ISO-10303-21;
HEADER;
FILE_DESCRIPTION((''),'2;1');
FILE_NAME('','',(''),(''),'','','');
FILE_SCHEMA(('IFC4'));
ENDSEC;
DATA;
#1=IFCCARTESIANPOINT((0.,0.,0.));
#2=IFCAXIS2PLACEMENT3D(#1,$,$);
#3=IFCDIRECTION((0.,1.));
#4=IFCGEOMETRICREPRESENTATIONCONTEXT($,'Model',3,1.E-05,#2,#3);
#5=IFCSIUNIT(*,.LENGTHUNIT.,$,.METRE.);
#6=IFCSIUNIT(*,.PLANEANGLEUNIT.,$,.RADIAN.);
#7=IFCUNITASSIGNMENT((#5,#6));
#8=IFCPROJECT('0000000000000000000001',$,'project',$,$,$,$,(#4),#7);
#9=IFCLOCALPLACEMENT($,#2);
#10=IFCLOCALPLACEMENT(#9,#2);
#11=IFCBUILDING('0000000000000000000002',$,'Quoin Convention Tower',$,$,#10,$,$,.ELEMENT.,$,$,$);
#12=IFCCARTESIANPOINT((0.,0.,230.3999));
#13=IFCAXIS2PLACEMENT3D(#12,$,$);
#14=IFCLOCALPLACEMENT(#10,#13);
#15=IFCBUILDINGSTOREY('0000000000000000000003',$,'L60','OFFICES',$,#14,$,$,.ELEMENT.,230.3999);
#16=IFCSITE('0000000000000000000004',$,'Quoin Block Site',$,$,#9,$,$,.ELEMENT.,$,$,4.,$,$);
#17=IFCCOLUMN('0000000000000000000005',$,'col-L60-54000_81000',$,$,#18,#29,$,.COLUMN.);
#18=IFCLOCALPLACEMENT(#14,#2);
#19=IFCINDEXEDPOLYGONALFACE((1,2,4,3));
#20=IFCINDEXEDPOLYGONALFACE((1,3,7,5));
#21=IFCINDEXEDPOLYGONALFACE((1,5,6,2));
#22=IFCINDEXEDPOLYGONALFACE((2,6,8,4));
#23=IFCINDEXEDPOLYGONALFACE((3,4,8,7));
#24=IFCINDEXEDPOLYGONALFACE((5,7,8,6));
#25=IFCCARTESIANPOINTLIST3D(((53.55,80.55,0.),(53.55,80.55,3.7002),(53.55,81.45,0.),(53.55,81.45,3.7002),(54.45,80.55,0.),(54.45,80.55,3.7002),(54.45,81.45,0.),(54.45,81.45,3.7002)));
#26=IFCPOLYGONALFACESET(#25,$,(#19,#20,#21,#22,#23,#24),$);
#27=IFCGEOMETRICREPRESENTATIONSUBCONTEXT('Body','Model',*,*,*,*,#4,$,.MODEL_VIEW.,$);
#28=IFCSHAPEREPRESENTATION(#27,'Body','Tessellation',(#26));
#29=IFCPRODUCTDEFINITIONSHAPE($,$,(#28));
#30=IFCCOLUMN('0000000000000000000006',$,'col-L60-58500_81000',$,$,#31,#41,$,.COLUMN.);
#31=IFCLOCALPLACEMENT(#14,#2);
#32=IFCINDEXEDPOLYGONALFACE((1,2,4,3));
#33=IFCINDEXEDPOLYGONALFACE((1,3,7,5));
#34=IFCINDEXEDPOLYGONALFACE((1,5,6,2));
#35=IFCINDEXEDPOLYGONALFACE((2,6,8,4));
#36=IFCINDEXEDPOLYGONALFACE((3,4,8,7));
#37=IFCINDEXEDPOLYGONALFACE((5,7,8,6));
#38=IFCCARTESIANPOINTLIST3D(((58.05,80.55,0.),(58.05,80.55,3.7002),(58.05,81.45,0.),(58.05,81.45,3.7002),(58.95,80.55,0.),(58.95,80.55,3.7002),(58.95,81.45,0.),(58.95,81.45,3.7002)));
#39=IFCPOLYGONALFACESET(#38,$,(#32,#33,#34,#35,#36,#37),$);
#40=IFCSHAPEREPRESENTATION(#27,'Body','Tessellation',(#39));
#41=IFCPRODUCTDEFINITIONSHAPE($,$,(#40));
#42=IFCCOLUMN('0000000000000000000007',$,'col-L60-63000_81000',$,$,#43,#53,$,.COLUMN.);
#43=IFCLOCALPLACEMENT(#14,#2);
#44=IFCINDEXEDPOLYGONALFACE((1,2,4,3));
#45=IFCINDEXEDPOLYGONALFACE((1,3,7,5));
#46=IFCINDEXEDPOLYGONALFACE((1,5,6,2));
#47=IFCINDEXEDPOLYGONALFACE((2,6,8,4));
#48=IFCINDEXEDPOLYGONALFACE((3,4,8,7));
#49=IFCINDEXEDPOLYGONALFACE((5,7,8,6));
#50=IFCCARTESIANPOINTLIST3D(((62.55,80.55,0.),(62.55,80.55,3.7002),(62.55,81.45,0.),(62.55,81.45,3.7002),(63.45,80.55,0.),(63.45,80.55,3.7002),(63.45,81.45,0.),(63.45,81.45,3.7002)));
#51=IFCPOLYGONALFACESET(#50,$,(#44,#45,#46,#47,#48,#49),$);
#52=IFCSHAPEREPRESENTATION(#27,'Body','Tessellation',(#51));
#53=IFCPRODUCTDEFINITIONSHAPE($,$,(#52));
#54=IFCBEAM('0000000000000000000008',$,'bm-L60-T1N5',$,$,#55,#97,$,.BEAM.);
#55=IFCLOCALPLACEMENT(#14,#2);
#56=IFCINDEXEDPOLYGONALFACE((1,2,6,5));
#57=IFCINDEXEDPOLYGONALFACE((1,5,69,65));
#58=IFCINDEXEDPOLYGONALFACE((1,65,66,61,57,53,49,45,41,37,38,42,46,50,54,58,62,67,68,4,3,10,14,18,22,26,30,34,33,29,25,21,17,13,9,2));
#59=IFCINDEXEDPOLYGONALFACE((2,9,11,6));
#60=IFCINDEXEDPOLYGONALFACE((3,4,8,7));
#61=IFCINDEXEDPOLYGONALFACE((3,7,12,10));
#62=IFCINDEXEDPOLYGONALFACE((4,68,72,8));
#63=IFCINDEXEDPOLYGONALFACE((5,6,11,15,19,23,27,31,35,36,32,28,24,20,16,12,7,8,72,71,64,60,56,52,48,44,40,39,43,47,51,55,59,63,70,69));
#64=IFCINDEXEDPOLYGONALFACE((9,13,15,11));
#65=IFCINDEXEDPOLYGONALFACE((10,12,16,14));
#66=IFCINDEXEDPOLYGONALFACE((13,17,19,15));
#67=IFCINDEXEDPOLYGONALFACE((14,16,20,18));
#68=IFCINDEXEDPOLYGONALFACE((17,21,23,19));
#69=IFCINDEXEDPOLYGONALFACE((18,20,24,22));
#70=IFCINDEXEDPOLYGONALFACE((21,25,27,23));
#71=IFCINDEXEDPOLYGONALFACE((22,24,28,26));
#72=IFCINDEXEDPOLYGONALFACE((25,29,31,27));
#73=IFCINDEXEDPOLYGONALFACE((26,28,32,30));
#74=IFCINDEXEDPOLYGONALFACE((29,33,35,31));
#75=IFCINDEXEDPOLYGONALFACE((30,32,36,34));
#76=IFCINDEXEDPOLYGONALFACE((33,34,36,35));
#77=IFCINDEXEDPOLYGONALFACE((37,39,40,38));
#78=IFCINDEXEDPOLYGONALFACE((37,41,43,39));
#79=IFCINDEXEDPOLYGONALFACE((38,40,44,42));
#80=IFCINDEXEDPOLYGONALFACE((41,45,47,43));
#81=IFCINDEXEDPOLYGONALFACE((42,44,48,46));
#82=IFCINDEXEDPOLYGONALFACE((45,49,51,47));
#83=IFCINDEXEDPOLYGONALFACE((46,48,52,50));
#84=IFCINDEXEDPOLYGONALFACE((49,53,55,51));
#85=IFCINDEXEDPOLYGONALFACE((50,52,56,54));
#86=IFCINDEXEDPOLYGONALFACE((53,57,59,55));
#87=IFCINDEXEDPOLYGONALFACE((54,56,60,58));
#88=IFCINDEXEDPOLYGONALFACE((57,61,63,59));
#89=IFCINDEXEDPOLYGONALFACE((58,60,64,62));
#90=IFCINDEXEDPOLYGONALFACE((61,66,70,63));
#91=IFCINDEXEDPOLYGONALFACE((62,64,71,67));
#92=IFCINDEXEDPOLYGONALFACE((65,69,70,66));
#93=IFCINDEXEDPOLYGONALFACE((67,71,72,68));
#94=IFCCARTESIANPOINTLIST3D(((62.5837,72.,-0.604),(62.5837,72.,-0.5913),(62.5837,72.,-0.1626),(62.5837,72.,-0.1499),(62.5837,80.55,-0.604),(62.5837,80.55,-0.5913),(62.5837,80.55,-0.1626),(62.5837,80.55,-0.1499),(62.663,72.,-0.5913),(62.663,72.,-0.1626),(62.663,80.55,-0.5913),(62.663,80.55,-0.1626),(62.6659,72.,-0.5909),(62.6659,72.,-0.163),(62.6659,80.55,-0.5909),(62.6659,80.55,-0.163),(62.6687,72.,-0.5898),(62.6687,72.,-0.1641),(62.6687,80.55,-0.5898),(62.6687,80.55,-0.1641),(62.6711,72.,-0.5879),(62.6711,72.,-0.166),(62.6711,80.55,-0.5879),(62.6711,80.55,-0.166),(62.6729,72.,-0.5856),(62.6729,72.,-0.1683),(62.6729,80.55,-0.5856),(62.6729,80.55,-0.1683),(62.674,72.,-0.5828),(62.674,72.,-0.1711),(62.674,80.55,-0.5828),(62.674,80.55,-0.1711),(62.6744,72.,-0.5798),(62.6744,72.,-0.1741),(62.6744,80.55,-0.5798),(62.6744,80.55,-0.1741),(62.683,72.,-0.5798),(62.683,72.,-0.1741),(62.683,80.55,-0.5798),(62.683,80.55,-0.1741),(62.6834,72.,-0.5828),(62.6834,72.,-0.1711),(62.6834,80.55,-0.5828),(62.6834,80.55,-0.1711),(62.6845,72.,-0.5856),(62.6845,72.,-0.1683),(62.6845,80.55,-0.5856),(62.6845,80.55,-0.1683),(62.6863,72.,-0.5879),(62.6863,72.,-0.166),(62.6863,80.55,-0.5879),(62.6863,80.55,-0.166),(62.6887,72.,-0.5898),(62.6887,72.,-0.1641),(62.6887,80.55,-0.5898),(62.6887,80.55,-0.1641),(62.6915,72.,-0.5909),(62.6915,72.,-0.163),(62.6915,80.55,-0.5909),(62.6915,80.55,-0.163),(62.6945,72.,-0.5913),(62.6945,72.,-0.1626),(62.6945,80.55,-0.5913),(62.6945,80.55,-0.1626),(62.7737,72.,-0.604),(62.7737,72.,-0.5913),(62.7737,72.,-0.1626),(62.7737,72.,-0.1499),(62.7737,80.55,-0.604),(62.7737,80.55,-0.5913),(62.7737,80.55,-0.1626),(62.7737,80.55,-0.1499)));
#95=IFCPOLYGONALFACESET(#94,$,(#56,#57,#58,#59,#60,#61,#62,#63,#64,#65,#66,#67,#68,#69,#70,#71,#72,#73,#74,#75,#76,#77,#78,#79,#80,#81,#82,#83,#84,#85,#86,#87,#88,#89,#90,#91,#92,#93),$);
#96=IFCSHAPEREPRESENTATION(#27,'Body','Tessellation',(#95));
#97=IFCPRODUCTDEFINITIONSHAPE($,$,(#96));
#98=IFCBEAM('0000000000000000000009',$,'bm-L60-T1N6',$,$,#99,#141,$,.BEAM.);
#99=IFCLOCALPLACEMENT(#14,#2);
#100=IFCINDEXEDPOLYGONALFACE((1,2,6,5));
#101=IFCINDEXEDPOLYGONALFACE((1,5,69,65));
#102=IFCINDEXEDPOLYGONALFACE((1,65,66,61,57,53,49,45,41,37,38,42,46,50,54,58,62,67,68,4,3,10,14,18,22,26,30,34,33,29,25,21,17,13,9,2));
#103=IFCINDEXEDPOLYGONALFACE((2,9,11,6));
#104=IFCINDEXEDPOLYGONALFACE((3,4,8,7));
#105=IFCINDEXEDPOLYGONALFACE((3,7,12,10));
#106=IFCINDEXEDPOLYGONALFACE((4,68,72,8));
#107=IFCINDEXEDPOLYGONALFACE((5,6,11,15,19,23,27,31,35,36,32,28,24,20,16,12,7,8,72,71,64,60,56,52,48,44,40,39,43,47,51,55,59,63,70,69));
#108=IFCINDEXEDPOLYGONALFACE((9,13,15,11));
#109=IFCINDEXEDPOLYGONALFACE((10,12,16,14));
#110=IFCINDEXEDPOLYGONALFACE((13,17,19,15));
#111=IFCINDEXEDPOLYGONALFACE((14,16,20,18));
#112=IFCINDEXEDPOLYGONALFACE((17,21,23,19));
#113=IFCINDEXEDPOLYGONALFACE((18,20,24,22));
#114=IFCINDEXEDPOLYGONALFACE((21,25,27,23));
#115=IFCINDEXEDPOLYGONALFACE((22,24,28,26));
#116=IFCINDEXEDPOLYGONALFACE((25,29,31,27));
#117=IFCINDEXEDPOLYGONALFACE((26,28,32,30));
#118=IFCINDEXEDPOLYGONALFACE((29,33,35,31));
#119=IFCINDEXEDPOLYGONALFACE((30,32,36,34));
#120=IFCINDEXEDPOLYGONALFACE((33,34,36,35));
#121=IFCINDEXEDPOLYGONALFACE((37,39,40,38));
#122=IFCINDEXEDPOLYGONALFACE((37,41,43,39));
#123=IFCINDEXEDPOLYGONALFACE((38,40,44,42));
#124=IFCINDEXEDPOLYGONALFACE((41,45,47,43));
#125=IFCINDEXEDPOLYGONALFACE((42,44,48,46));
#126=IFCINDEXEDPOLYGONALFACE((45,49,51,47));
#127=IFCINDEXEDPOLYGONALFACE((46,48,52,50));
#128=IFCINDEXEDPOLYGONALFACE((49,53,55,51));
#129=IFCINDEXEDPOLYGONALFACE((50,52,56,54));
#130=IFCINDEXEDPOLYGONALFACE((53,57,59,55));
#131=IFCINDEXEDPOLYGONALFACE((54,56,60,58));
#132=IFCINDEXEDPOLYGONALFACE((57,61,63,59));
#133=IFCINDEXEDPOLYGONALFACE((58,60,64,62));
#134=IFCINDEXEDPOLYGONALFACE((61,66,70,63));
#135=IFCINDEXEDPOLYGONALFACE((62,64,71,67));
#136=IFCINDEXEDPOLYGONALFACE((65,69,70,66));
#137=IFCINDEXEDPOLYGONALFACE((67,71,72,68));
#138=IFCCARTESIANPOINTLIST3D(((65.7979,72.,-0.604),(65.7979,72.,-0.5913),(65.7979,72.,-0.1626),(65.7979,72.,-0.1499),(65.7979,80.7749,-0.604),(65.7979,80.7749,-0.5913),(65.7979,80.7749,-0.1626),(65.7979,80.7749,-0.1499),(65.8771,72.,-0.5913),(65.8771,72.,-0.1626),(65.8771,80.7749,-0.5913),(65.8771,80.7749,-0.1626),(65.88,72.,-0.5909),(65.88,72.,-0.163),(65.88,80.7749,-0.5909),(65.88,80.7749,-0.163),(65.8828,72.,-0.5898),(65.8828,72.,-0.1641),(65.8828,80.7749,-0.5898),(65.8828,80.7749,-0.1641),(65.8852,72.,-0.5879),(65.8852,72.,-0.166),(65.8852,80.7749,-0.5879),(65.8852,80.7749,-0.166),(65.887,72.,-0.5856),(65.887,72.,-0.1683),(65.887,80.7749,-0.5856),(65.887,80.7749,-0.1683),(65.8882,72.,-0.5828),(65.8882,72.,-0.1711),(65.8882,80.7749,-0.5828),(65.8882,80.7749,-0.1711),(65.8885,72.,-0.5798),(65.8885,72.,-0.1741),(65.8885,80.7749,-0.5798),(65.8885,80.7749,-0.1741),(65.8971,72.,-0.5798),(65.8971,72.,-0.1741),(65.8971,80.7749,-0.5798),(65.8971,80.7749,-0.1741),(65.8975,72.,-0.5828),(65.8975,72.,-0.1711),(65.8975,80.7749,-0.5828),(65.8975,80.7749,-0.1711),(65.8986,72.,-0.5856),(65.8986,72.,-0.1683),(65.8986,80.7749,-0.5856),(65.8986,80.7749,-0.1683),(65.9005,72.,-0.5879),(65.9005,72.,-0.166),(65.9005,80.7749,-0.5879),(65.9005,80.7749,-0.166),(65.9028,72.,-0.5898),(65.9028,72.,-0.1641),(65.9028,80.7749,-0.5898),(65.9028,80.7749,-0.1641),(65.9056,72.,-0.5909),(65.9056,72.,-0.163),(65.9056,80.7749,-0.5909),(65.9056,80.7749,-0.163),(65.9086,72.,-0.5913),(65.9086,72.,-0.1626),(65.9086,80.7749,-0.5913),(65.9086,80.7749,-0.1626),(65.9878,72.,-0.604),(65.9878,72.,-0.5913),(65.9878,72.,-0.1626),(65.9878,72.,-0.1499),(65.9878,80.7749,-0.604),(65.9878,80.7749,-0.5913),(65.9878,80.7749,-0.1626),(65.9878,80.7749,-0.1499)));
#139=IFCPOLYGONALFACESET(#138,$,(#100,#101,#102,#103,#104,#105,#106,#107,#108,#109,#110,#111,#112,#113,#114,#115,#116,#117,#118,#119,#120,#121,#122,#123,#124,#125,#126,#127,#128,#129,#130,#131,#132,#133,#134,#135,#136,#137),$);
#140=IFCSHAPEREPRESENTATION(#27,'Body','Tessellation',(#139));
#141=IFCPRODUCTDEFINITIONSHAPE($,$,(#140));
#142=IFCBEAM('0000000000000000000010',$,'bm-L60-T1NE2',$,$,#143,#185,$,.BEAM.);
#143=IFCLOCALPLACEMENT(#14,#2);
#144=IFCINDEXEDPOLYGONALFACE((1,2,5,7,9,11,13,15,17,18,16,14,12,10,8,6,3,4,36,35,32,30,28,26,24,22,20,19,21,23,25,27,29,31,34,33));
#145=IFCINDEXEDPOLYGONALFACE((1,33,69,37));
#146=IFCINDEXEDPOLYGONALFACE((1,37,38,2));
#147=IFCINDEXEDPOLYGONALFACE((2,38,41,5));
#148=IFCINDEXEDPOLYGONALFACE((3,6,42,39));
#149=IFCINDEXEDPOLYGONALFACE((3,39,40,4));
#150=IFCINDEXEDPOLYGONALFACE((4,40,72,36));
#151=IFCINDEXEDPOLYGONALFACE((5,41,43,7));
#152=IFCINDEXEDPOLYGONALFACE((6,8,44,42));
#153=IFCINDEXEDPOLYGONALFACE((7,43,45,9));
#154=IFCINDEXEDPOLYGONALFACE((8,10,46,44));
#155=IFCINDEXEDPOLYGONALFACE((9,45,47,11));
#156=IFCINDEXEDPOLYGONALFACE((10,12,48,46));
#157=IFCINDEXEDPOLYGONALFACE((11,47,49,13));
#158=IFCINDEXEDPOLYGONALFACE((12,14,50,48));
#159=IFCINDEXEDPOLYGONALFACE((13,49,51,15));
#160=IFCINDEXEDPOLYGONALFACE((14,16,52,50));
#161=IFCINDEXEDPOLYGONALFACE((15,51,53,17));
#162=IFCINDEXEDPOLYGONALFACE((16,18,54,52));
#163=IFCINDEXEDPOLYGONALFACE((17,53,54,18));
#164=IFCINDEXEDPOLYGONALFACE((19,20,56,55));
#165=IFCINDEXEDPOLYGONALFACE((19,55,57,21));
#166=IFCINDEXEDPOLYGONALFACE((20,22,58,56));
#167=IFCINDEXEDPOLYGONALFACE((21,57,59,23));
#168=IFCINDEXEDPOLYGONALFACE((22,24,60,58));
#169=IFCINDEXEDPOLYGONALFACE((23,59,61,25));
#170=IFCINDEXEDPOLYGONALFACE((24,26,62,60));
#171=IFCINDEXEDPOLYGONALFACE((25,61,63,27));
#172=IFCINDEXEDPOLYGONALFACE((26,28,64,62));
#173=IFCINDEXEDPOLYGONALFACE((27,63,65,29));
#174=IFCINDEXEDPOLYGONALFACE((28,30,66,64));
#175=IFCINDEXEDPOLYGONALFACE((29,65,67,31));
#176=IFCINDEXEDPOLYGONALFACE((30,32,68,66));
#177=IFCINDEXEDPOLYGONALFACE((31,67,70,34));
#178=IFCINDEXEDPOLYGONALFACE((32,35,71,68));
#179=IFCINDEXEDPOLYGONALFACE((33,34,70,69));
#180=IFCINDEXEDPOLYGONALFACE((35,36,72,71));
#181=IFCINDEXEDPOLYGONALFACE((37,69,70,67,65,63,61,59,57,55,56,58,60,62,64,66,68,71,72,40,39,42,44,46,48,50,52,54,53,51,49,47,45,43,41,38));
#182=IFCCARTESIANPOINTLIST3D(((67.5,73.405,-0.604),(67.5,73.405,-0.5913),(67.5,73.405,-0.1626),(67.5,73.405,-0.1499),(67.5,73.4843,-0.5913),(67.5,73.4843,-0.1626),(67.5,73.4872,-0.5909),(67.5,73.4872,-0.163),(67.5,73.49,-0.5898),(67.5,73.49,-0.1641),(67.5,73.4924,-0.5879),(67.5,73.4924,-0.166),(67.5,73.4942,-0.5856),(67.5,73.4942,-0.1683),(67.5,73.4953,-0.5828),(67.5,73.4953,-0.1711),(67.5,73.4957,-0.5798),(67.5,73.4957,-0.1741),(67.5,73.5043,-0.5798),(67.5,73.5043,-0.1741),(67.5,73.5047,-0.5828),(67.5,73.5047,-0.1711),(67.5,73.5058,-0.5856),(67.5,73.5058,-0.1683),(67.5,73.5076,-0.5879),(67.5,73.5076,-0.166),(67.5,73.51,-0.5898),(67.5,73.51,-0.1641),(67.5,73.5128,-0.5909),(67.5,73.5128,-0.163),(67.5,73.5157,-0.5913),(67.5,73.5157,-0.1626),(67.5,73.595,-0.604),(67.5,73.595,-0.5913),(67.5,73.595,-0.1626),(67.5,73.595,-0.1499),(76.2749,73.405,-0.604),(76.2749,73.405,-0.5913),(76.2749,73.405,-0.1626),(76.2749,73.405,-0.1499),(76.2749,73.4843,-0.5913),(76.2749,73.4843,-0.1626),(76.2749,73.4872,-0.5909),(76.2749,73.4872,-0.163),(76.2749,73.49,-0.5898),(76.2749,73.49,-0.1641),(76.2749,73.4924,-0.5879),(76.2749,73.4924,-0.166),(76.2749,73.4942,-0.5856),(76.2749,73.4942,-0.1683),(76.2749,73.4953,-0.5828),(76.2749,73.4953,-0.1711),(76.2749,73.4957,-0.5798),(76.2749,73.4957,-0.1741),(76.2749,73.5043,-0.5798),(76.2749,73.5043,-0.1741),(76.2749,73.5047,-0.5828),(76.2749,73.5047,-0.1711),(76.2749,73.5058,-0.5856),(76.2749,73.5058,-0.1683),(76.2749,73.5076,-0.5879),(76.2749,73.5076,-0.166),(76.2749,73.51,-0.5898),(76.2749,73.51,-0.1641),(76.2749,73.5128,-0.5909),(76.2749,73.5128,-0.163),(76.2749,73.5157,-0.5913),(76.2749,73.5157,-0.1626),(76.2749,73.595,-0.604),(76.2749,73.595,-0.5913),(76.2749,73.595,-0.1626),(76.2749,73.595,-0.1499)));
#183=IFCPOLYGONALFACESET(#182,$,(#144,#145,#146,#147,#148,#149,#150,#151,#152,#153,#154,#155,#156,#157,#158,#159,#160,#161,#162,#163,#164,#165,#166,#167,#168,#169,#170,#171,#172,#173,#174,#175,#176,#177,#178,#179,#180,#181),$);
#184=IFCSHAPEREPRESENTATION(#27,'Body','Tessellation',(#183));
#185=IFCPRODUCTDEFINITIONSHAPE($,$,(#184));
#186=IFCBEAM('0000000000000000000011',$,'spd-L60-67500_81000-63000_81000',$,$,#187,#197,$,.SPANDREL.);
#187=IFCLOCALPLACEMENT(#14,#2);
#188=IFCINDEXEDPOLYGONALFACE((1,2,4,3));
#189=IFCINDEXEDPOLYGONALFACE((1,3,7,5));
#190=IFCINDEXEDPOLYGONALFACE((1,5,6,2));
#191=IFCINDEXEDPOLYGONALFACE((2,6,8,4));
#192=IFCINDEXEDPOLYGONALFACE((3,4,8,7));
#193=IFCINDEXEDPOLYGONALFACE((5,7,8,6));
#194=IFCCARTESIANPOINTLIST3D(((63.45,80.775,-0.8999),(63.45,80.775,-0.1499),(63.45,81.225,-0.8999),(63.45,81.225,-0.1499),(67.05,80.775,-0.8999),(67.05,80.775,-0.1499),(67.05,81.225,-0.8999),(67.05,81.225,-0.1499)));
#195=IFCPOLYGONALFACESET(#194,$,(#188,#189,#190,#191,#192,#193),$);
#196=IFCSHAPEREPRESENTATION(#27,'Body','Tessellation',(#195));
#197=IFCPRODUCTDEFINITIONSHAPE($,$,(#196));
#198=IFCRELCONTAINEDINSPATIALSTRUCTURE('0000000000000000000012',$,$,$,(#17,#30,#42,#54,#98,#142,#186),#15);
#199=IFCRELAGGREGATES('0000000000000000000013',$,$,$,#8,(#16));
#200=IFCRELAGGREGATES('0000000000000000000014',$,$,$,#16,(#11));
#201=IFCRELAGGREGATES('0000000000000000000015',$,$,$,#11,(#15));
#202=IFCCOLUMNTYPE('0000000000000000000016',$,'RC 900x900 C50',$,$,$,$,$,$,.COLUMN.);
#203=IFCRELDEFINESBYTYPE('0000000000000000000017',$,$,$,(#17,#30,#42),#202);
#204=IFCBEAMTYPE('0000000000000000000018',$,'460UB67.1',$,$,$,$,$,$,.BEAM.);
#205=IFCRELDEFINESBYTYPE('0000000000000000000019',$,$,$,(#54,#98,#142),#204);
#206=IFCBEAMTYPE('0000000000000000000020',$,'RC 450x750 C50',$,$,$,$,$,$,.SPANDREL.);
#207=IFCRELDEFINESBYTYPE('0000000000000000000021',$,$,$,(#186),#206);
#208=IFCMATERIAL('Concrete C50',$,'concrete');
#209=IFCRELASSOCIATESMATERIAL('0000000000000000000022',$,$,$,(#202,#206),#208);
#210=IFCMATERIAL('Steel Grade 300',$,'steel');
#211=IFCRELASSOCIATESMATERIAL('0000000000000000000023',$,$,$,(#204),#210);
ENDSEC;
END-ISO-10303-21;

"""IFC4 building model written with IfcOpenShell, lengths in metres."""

from ifc_helpers import new_model, si_unit, direction, frame, origin, origin_2d, place, context, subcontext, project, spatial, rectangle, i_section, extrude, material, material_profile, profile_set, type_object, element, save


model = new_model("IFC4")

# Units and contexts
model_context = context("Model", 3, precision=1e-05, world=origin(), true_north=direction((0.0, 1.0)))
body_context = subcontext(model_context, "Body", "Model", "MODEL_VIEW")
ifc_project = project(units=[si_unit("LENGTHUNIT", "METRE"), si_unit("PLANEANGLEUNIT", "RADIAN")], contexts=[model_context])

# Site, building, storey
site_placement = place(None, origin())
site = spatial("IfcSite", under=ifc_project, at=site_placement, Name="Quoin Block Site", CompositionType="ELEMENT", RefElevation=4.0)
building_placement = place(site_placement, origin())
building = spatial("IfcBuilding", under=site, at=building_placement, Name="Quoin Convention Tower", CompositionType="ELEMENT")
storey_placement = place(building_placement, frame((0.0, 0.0, 230.3999)))
storey = spatial("IfcBuildingStorey", under=building, at=storey_placement, Name="L60", Description="OFFICES", CompositionType="ELEMENT", Elevation=230.3999)

# Columns
ifc_material_1 = material(Name="Concrete C50", Category="concrete")
ifc_material_profile_1 = material_profile(ifc_material_1, rectangle(XDim=0.8999, YDim=0.8999, at=origin_2d()), Name="RC 900x900")
ifc_profile_set_1 = profile_set([ifc_material_profile_1], Name="Concrete C50")
column_type = type_object("IfcColumnType", Name="RC 900x900 C50", PredefinedType="COLUMN", material=ifc_profile_set_1)
for number, where, z_axis, x_axis, name in (
    (1, (54.0, 81.0, 0.0), (0.0, 0.0, 1.0), (1.0, 0.0, 0.0), "col-L60-54000_81000"),
    (2, (58.5, 81.0, 0.0), (0.0, 0.0, 1.0), (1.0, 0.0, 0.0), "col-L60-58500_81000"),
    (3, (63.0, 81.0, 0.0), (0.0, 0.0, 1.0), (1.0, 0.0, 0.0), "col-L60-63000_81000"),
):
    element("IfcColumn", number, at=place(storey_placement, frame(where, z_axis=z_axis, x_axis=x_axis)), inside=storey, type_object=column_type, Name=name, PredefinedType="COLUMN", context=body_context, shape_type="SweptSolid", body=[
        extrude(rectangle(XDim=0.8999, YDim=0.8999, at=origin_2d()), origin(), (0.0, 0.0, 1.0), 3.7002),
    ])

# Beams
ifc_material_2 = material(Name="Steel Grade 300", Category="steel")
ifc_material_profile_2 = material_profile(ifc_material_2, i_section(OverallWidth=0.1899, OverallDepth=0.4541, WebThickness=0.0085, FlangeThickness=0.0127, FilletRadius=0.0115, at=origin_2d()), Name="460UB67.1")
ifc_profile_set_2 = profile_set([ifc_material_profile_2], Name="Steel Grade 300")
beam_type_1 = type_object("IfcBeamType", Name="460UB67.1", PredefinedType="BEAM", material=ifc_profile_set_2)
beam_placement = place(storey_placement, frame((62.6787, 72.0, -0.377), z_axis=(0.0, 1.0, 0.0), x_axis=(-1.0, 0.0, 0.0)))
element("IfcBeam", 4, at=beam_placement, inside=storey, type_object=beam_type_1, Name="bm-L60-T1N5", PredefinedType="BEAM", context=body_context, shape_type="SweptSolid", body=[
    extrude(i_section(OverallWidth=0.1899, OverallDepth=0.4541, WebThickness=0.0085, FlangeThickness=0.0127, FilletRadius=0.0115, at=origin_2d()), origin(), (0.0, 0.0, 1.0), 8.55),
])
for number, where, z_axis, x_axis, name in (
    (5, (65.8928, 72.0, -0.377), (0.0, 1.0, 0.0), (-1.0, 0.0, 0.0), "bm-L60-T1N6"),
    (6, (67.5, 73.5, -0.377), (1.0, 0.0, 0.0), (0.0, 1.0, 0.0), "bm-L60-T1NE2"),
):
    element("IfcBeam", number, at=place(storey_placement, frame(where, z_axis=z_axis, x_axis=x_axis)), inside=storey, type_object=beam_type_1, Name=name, PredefinedType="BEAM", context=body_context, shape_type="SweptSolid", body=[
        extrude(i_section(OverallWidth=0.1899, OverallDepth=0.4541, WebThickness=0.0085, FlangeThickness=0.0127, FilletRadius=0.0115, at=origin_2d()), origin(), (0.0, 0.0, 1.0), 8.7749),
    ])
ifc_material_profile_3 = material_profile(ifc_material_1, rectangle(XDim=0.45, YDim=0.75, at=origin_2d()), Name="RC 450x750")
ifc_profile_set_3 = profile_set([ifc_material_profile_3], Name="Concrete C50")
beam_type_2 = type_object("IfcBeamType", Name="RC 450x750 C50", PredefinedType="SPANDREL", material=ifc_profile_set_3)
for number, where, z_axis, x_axis, name in (
    (7, (67.05, 81.0, -0.5249), (-1.0, 0.0, 0.0), (0.0, -1.0, 0.0), "spd-L60-67500_81000-63000_81000"),
):
    element("IfcBeam", number, at=place(storey_placement, frame(where, z_axis=z_axis, x_axis=x_axis)), inside=storey, type_object=beam_type_2, Name=name, PredefinedType="SPANDREL", context=body_context, shape_type="SweptSolid", body=[
        extrude(rectangle(XDim=0.45, YDim=0.75, at=origin_2d()), origin(), (0.0, 0.0, 1.0), 3.6001),
    ])

save(model, "model.ifc")
